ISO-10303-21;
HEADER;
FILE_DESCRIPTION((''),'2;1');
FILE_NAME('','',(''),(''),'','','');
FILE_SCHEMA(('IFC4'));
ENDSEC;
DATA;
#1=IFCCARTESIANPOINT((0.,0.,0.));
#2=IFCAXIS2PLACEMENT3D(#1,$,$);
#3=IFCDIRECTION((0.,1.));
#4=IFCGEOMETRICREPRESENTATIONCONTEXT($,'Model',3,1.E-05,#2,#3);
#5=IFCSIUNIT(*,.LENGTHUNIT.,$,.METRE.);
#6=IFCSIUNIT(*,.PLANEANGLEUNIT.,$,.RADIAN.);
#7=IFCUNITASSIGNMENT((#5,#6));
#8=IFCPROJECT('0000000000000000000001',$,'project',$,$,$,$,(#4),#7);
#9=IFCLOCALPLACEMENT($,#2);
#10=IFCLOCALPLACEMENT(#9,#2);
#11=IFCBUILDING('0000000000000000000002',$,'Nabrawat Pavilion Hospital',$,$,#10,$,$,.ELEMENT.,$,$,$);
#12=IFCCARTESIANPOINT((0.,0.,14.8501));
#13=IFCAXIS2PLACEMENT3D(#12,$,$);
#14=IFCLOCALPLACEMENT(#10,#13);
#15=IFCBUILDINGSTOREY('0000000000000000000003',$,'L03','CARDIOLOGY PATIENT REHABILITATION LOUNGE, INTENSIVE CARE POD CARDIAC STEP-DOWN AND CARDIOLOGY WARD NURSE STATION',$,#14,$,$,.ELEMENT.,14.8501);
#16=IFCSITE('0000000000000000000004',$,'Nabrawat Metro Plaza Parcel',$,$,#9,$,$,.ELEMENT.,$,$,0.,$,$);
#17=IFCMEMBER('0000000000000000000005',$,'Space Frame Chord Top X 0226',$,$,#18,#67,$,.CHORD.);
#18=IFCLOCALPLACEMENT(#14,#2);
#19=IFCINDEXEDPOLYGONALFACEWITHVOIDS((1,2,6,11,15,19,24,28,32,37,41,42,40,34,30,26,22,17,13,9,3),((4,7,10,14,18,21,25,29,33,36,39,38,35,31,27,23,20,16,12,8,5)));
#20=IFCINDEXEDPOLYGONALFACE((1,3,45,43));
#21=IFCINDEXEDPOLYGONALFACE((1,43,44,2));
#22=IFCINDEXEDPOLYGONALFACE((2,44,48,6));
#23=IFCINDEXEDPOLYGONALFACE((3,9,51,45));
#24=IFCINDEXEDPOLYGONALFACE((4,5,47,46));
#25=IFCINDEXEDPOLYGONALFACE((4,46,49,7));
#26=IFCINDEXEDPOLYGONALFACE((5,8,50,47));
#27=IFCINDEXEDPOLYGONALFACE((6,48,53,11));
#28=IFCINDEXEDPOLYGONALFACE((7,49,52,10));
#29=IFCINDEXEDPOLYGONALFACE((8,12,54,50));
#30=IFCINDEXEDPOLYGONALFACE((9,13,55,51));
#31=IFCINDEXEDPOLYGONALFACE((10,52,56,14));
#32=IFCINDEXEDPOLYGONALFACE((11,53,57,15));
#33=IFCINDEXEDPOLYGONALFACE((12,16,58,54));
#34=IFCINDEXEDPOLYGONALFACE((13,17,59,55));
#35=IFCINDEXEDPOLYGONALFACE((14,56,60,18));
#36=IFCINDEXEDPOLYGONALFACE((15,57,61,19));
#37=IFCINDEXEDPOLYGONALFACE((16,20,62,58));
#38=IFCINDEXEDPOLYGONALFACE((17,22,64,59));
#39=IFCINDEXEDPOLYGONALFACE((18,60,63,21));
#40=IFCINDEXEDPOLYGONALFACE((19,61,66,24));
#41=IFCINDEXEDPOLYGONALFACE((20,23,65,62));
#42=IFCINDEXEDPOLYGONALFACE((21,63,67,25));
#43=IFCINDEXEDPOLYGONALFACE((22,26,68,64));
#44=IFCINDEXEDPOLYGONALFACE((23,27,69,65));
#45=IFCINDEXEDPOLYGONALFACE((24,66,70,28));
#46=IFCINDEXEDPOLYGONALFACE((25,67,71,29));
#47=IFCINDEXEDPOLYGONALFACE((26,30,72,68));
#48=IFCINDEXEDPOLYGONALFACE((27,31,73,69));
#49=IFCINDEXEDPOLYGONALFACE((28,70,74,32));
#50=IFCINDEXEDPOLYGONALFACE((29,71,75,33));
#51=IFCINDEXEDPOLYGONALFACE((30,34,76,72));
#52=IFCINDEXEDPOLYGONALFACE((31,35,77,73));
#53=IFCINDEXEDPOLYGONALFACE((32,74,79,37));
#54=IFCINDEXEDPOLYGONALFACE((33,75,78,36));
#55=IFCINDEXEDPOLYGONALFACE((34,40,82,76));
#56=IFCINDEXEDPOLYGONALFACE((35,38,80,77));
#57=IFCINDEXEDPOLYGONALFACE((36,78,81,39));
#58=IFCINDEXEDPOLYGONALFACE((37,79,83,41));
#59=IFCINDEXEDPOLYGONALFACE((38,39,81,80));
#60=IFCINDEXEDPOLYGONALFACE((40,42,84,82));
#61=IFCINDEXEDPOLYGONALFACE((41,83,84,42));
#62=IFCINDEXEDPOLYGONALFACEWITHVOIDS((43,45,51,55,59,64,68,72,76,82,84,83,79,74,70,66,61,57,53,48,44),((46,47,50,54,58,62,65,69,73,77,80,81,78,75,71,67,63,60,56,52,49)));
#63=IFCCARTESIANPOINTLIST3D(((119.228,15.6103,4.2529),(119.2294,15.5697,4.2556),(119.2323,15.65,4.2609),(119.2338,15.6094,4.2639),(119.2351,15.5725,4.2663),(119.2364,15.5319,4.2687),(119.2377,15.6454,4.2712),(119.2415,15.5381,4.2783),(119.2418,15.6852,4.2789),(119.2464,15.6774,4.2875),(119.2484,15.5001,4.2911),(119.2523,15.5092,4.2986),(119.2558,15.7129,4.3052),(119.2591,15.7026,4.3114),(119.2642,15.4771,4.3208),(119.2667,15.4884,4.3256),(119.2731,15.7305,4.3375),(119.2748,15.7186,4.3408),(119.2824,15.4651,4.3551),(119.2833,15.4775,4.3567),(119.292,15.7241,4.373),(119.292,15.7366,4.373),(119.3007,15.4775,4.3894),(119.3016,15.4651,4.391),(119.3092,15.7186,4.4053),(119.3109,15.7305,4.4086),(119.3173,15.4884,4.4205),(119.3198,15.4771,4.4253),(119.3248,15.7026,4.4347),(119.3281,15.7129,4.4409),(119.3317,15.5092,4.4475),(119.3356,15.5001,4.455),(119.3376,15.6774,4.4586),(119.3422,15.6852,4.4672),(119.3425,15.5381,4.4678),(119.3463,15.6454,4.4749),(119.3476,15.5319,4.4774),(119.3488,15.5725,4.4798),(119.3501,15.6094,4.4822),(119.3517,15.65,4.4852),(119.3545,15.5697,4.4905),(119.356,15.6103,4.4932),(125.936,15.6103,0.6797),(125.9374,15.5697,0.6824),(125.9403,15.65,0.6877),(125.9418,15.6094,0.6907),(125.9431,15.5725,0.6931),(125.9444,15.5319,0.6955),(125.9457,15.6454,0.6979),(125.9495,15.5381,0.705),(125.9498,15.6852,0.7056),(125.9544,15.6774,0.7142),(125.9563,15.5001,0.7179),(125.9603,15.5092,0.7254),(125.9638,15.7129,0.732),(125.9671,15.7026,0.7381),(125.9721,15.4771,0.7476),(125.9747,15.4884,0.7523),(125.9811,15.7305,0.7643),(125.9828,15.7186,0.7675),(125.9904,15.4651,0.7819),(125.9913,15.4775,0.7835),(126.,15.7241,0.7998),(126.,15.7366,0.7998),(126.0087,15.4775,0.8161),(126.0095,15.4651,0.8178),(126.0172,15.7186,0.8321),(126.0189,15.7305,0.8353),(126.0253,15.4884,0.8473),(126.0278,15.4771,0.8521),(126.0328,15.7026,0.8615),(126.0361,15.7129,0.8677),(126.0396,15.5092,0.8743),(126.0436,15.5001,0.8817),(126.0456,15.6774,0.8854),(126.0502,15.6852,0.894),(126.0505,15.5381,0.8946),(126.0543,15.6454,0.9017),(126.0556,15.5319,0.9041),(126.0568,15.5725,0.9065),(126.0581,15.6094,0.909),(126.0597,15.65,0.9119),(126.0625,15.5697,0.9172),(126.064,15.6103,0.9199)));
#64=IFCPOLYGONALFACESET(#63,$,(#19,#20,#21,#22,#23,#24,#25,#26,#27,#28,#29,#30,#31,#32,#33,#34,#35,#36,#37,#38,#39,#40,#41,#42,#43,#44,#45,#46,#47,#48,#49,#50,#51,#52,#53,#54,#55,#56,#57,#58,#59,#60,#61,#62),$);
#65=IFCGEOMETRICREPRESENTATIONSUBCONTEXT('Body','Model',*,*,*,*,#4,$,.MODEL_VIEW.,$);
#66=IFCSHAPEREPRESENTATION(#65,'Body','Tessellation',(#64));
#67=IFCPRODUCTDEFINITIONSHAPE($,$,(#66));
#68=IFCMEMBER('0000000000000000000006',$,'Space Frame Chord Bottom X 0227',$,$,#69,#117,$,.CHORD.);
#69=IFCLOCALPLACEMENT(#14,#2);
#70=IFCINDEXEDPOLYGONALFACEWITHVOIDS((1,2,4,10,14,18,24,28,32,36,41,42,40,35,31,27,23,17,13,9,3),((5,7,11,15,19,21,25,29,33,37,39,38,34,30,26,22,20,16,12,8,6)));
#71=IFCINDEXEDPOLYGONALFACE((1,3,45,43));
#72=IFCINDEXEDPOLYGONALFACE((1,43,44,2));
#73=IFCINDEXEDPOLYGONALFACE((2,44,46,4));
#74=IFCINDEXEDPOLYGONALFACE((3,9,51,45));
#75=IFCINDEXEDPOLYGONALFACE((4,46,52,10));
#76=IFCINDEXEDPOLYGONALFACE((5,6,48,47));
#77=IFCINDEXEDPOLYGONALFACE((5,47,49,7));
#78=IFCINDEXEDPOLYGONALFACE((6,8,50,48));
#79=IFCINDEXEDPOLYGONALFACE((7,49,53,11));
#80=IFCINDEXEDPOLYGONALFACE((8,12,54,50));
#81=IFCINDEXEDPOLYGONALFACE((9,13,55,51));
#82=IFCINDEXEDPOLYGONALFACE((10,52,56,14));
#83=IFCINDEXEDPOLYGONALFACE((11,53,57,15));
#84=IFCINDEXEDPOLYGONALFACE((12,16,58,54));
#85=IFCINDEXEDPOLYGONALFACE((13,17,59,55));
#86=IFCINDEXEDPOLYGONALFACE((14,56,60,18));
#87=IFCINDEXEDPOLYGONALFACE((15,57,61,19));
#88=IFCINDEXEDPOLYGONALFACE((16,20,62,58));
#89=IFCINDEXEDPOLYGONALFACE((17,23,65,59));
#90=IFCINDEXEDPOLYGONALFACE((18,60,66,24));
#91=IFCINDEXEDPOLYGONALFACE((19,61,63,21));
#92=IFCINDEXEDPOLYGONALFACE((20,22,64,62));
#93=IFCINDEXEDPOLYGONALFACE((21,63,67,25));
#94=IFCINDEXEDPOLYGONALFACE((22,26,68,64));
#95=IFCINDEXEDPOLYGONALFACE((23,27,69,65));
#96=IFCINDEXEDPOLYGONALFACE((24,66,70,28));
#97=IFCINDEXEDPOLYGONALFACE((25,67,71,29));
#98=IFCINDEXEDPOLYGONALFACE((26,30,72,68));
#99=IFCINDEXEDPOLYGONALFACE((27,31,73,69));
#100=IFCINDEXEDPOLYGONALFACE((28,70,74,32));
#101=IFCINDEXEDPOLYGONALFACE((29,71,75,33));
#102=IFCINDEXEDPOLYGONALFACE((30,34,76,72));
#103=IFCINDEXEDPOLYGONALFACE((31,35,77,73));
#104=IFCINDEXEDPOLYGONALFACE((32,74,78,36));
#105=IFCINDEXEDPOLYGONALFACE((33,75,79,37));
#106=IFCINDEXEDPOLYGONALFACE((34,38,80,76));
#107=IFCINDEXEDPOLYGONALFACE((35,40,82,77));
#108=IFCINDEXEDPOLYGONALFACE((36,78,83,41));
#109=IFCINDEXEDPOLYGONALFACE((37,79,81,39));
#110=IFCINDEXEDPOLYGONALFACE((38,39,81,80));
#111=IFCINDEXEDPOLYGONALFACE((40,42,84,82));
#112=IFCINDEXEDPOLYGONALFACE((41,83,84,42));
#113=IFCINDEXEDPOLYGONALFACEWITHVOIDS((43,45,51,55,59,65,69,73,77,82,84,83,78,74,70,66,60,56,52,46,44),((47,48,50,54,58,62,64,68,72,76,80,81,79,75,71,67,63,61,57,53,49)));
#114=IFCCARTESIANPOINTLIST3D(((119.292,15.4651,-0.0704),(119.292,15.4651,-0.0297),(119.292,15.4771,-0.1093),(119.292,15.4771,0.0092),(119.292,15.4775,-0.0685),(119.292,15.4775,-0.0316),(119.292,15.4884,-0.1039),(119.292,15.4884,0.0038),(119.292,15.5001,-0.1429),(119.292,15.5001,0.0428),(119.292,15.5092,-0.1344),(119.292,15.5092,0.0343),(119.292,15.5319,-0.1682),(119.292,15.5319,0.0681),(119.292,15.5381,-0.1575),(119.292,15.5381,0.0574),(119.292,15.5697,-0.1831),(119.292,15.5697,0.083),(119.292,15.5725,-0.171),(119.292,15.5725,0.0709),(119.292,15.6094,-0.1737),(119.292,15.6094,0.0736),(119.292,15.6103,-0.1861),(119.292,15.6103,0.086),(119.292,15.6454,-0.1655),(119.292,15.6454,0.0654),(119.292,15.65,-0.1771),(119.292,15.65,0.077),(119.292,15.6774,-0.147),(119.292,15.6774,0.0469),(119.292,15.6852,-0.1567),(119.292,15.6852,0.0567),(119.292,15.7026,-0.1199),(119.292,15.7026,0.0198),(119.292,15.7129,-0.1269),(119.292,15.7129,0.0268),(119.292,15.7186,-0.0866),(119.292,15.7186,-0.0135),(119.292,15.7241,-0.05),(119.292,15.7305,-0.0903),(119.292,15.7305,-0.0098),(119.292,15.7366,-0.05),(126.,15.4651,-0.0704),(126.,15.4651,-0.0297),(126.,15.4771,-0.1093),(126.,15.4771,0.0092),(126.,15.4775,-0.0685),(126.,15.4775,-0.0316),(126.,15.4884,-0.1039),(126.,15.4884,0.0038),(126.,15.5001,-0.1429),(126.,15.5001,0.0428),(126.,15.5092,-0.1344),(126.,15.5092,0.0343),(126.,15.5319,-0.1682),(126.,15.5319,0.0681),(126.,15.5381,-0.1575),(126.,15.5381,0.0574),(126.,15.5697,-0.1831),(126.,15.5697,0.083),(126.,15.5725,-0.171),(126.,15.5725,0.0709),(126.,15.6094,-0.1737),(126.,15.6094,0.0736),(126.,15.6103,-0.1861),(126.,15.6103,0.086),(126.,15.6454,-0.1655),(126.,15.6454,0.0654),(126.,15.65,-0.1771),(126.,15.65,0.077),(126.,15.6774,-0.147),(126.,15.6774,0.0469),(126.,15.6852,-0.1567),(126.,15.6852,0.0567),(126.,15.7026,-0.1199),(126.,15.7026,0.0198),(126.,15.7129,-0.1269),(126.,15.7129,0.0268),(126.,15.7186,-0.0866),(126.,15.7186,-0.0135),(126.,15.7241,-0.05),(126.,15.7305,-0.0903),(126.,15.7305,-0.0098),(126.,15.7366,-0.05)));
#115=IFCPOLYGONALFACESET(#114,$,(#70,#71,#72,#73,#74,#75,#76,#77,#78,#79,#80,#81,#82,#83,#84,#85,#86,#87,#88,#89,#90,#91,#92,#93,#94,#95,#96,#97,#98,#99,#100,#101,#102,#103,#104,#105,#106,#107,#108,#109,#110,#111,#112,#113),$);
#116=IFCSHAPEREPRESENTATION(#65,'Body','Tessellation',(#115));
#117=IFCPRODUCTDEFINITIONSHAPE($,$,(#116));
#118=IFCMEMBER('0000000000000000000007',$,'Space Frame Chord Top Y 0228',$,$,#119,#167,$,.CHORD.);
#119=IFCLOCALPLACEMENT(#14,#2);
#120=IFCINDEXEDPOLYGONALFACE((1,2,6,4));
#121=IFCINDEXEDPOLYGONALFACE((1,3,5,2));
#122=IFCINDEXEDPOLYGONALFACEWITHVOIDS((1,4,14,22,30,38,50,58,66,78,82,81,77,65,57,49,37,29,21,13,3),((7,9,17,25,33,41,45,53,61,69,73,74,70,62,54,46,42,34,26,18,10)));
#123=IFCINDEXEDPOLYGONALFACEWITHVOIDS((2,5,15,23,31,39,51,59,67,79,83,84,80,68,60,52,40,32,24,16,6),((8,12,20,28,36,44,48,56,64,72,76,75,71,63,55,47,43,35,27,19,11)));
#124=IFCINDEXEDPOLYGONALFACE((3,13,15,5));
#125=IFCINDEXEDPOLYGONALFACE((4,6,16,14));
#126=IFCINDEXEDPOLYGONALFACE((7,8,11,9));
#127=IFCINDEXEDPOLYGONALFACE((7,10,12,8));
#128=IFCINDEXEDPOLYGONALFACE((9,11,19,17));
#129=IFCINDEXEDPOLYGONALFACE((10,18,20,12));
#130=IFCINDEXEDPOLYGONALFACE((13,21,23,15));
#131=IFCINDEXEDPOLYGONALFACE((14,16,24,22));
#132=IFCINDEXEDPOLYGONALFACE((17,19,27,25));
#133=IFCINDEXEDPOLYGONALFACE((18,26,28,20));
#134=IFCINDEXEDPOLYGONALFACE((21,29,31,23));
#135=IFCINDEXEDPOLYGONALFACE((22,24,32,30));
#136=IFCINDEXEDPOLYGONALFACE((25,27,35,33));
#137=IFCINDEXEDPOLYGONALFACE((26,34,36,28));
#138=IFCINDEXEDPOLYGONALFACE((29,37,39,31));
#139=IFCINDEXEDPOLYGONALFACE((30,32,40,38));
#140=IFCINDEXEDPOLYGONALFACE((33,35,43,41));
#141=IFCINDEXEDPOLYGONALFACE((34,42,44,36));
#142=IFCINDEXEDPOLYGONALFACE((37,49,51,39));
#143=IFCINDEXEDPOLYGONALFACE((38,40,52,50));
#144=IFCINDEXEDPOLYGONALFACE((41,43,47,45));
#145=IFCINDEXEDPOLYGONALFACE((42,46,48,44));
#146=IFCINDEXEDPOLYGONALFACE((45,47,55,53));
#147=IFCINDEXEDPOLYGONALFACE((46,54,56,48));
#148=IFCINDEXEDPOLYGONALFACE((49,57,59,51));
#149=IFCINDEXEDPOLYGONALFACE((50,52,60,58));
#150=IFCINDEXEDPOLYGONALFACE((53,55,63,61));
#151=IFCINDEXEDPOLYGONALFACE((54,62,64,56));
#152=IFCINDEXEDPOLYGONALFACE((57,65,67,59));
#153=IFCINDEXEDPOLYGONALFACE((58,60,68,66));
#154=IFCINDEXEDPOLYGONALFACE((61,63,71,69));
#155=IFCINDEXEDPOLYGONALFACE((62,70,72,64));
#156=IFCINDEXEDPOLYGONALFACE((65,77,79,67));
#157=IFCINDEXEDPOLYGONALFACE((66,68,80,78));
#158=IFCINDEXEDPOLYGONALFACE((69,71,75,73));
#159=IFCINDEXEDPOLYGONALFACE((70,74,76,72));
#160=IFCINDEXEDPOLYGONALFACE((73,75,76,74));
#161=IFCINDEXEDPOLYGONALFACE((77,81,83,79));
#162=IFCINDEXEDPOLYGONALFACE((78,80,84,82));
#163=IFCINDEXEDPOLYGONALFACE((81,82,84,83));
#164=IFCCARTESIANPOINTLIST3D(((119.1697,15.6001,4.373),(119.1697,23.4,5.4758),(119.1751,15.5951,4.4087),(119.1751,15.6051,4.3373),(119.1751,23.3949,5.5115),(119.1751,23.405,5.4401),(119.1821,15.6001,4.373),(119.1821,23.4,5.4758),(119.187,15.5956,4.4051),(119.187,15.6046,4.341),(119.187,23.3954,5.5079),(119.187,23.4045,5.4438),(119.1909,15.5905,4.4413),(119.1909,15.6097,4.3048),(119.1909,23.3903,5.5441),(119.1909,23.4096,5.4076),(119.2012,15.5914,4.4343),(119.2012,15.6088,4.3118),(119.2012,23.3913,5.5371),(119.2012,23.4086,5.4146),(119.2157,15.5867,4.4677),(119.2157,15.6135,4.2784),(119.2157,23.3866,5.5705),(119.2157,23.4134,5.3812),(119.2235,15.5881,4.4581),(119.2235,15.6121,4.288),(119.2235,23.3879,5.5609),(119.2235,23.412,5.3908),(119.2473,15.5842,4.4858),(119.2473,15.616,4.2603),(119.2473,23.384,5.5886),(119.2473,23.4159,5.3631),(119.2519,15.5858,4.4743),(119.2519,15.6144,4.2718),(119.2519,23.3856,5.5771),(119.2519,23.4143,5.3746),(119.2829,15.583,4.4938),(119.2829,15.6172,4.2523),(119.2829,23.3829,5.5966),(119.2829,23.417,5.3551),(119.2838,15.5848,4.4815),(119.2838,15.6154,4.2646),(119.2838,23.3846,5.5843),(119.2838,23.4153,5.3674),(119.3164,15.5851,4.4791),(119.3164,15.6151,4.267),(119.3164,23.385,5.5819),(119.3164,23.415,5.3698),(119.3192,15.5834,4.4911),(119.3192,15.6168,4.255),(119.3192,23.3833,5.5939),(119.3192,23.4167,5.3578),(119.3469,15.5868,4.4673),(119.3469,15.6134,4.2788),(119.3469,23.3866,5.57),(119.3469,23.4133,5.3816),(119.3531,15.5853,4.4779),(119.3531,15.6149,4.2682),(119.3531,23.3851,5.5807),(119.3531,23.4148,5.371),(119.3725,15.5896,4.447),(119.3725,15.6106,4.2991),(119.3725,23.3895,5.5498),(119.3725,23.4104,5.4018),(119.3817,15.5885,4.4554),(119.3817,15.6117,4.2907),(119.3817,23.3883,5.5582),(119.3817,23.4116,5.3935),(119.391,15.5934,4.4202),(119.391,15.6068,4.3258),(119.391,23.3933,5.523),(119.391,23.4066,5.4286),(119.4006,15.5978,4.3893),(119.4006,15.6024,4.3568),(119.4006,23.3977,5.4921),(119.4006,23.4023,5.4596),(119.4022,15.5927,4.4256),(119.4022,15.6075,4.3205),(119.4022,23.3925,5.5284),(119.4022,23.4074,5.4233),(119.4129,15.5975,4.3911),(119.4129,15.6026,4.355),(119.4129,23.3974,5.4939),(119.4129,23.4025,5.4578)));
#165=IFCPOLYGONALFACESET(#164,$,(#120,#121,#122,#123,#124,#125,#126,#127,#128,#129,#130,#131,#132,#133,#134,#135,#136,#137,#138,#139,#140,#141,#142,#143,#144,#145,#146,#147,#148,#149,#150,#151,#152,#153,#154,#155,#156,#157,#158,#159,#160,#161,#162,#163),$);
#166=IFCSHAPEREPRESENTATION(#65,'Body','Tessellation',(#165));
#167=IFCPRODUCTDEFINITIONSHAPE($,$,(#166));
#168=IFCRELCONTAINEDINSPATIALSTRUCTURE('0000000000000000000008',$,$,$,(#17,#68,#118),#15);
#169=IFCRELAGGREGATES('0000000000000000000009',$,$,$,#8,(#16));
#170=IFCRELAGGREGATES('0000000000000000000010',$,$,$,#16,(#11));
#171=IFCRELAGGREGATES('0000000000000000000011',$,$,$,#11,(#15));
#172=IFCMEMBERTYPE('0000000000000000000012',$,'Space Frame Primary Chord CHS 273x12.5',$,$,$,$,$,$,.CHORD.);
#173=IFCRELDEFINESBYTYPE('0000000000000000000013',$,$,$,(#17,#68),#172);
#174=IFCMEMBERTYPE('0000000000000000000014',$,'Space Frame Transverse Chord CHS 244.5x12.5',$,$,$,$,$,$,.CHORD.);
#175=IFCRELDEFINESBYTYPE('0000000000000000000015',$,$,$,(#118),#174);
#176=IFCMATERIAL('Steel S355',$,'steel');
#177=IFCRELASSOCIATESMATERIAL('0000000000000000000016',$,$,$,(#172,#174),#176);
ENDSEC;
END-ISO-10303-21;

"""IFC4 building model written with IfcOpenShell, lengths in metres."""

from ifc_helpers import new_model, si_unit, direction, frame, origin, origin_2d, place, context, subcontext, project, spatial, hollow_circle, extrude, material, material_profile, profile_set, type_object, element, save


model = new_model("IFC4")

# Units and contexts
model_context = context("Model", 3, precision=1e-05, world=origin(), true_north=direction((0.0, 1.0)))
body_context = subcontext(model_context, "Body", "Model", "MODEL_VIEW")
ifc_project = project(units=[si_unit("LENGTHUNIT", "METRE"), si_unit("PLANEANGLEUNIT", "RADIAN")], contexts=[model_context])

# Site, building, storey
site_placement = place(None, origin())
site = spatial("IfcSite", under=ifc_project, at=site_placement, Name="Nabrawat Metro Plaza Parcel", CompositionType="ELEMENT", RefElevation=0.0)
building_placement = place(site_placement, origin())
building = spatial("IfcBuilding", under=site, at=building_placement, Name="Nabrawat Pavilion Hospital", CompositionType="ELEMENT")
storey_placement = place(building_placement, frame((0.0, 0.0, 14.8501)))
storey = spatial("IfcBuildingStorey", under=building, at=storey_placement, Name="L03", Description="CARDIOLOGY PATIENT REHABILITATION LOUNGE, INTENSIVE CARE POD CARDIAC STEP-DOWN AND CARDIOLOGY WARD NURSE STATION", CompositionType="ELEMENT", Elevation=14.8501)

# Shared definitions
ifc_material_1 = material(Name="Steel S355", Category="steel")

# Members
ifc_material_profile_1 = material_profile(ifc_material_1, hollow_circle(Radius=0.1365, WallThickness=0.0125, at=origin_2d()), Name="CHS 273x12.5")
ifc_profile_set_1 = profile_set([ifc_material_profile_1], Name="Steel S355")
member_type_1 = type_object("IfcMemberType", Name="Space Frame Primary Chord CHS 273x12.5", PredefinedType="CHORD", material=ifc_profile_set_1)
member_1_placement = place(storey_placement, frame((119.292, 15.6001, 4.373), z_axis=(0.882591, 0.0, -0.470141), x_axis=(0.0, 1.0, 0.0)))
element("IfcMember", 1, at=member_1_placement, inside=storey, type_object=member_type_1, Name="Space Frame Chord Top X 0226", PredefinedType="CHORD", context=body_context, shape_type="SweptSolid", body=[
    extrude(hollow_circle(Radius=0.1365, WallThickness=0.0125, at=origin_2d()), origin(), (0.0, 0.0, 1.0), 7.6003),
])
member_2_placement = place(storey_placement, frame((119.292, 15.6001, -0.05), z_axis=(1.0, 0.0, 0.0), x_axis=(0.0, 1.0, 0.0)))
element("IfcMember", 2, at=member_2_placement, inside=storey, type_object=member_type_1, Name="Space Frame Chord Bottom X 0227", PredefinedType="CHORD", context=body_context, shape_type="SweptSolid", body=[
    extrude(hollow_circle(Radius=0.1365, WallThickness=0.0125, at=origin_2d()), origin(), (0.0, 0.0, 1.0), 6.708),
])
ifc_material_profile_2 = material_profile(ifc_material_1, hollow_circle(Radius=0.1223, WallThickness=0.0125, at=origin_2d()), Name="CHS 244.5x12.5")
ifc_profile_set_2 = profile_set([ifc_material_profile_2], Name="Steel S355")
member_type_2 = type_object("IfcMemberType", Name="Space Frame Transverse Chord CHS 244.5x12.5", PredefinedType="CHORD", material=ifc_profile_set_2)
member_3_placement = place(storey_placement, frame((119.292, 15.6001, 4.373), z_axis=(0.0, 0.990152, 0.139994), x_axis=(-1.0, 0.0, 0.0)))
element("IfcMember", 3, at=member_3_placement, inside=storey, type_object=member_type_2, Name="Space Frame Chord Top Y 0228", PredefinedType="CHORD", context=body_context, shape_type="SweptSolid", body=[
    extrude(hollow_circle(Radius=0.1223, WallThickness=0.0125, at=origin_2d()), origin(), (0.0, 0.0, 1.0), 7.8774),
])

save(model, "model.ifc")
